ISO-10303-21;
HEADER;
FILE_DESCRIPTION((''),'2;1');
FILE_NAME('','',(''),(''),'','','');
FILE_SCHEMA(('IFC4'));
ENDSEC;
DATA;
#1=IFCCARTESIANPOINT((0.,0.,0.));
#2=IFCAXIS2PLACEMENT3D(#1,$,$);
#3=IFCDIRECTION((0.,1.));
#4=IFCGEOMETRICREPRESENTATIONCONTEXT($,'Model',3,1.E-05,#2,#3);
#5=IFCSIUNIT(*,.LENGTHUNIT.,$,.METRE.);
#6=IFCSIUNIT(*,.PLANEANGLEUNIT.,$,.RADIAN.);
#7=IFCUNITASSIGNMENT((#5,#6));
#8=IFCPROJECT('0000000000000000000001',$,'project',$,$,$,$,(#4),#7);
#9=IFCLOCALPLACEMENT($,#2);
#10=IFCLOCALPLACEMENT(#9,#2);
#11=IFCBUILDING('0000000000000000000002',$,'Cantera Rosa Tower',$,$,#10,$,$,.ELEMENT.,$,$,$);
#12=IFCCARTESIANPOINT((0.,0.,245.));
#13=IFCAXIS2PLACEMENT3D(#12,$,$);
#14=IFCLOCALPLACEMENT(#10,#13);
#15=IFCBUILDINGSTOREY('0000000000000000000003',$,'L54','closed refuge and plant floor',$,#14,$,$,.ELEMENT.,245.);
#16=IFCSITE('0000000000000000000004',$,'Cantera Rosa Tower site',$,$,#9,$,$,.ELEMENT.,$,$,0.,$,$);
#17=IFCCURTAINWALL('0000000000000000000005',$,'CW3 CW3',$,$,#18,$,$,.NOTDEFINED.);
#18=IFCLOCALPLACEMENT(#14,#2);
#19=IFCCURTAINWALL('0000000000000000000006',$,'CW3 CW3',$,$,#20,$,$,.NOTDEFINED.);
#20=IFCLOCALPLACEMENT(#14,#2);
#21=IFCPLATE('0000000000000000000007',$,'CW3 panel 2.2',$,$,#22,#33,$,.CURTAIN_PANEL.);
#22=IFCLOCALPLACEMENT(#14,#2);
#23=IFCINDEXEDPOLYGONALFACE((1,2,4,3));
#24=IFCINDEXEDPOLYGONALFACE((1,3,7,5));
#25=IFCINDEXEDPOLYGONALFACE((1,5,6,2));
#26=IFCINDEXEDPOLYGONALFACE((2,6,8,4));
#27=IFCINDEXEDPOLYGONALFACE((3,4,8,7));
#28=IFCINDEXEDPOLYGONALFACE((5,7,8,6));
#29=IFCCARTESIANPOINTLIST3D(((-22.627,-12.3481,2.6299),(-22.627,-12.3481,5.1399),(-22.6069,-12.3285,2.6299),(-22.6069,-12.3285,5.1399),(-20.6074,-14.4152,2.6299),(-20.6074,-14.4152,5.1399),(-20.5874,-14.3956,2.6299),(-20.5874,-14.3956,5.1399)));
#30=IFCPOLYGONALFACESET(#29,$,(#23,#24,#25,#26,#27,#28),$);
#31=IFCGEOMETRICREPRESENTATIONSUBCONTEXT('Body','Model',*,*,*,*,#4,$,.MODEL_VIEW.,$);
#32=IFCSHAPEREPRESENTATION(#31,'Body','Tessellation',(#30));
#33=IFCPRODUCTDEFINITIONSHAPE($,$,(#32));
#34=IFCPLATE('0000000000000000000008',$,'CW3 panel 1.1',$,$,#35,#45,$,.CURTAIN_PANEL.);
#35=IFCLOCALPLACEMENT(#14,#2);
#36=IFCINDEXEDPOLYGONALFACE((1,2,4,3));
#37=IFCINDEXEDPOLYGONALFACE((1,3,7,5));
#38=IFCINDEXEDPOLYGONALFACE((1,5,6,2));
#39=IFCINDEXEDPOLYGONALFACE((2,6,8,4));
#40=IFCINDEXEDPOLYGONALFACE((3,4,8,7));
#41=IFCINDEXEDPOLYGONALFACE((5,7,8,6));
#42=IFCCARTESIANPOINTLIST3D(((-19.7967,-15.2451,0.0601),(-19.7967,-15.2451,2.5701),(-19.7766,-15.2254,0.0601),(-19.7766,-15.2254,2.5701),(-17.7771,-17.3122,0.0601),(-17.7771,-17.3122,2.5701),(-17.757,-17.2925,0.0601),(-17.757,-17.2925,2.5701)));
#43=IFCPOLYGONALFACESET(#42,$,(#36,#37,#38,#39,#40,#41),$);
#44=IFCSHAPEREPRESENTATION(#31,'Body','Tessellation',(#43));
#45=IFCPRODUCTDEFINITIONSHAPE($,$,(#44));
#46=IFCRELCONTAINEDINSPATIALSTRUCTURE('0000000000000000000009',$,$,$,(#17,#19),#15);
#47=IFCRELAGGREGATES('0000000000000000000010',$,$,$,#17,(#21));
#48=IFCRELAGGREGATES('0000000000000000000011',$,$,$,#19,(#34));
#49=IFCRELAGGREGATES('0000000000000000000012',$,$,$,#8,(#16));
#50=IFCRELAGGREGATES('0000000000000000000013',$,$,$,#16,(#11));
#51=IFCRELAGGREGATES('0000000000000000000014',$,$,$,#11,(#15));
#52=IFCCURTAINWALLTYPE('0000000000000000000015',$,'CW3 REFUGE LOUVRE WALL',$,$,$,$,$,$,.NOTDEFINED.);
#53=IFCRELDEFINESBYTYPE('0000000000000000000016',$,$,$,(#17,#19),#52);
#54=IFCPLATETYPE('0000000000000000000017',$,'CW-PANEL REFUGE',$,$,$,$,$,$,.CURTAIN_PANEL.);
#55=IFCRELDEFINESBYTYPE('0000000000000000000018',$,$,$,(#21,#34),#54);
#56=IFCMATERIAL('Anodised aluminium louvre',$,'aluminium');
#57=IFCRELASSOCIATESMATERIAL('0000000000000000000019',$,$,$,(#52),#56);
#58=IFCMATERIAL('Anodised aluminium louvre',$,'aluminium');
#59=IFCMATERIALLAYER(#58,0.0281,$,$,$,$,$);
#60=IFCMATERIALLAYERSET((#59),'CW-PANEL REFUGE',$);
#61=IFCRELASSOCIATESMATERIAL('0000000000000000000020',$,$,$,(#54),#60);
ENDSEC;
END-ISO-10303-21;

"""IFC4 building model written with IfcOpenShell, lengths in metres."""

from ifc_helpers import new_model, si_unit, direction, frame, origin, origin_2d, place, context, subcontext, project, spatial, rectangle, extrude, material, layer, layer_set, type_object, element, aggregate, save


model = new_model("IFC4")

# Units and contexts
model_context = context("Model", 3, precision=1e-05, world=origin(), true_north=direction((0.0, 1.0)))
body_context = subcontext(model_context, "Body", "Model", "MODEL_VIEW")
ifc_project = project(units=[si_unit("LENGTHUNIT", "METRE"), si_unit("PLANEANGLEUNIT", "RADIAN")], contexts=[model_context])

# Site, building, storey
site_placement = place(None, origin())
site = spatial("IfcSite", under=ifc_project, at=site_placement, Name="Cantera Rosa Tower site", CompositionType="ELEMENT", RefElevation=0.0)
building_placement = place(site_placement, origin())
building = spatial("IfcBuilding", under=site, at=building_placement, Name="Cantera Rosa Tower", CompositionType="ELEMENT")
storey_placement = place(building_placement, frame((0.0, 0.0, 245.0)))
storey = spatial("IfcBuildingStorey", under=building, at=storey_placement, Name="L54", Description="closed refuge and plant floor", CompositionType="ELEMENT", Elevation=245.0)

# Curtain wall
ifc_material_1 = material(Name="Anodised aluminium louvre", Category="aluminium")
curtain_wall_type = type_object("IfcCurtainWallType", Name="CW3 REFUGE LOUVRE WALL", PredefinedType="NOTDEFINED", material=ifc_material_1)
curtain_wall_1_placement = place(storey_placement, origin())
curtain_wall_1 = element("IfcCurtainWall", 1, at=curtain_wall_1_placement, inside=storey, type_object=curtain_wall_type, Name="CW3 CW3", PredefinedType="NOTDEFINED")

# Curtain wall
curtain_wall_2_placement = place(storey_placement, origin())
curtain_wall_2 = element("IfcCurtainWall", 2, at=curtain_wall_2_placement, inside=storey, type_object=curtain_wall_type, Name="CW3 CW3", PredefinedType="NOTDEFINED")

# Plates
ifc_material_2 = material(Name="Anodised aluminium louvre", Category="aluminium")
ifc_layer = layer(ifc_material_2, 0.0281)
ifc_layer_set = layer_set([ifc_layer], Name="CW-PANEL REFUGE")
plate_type = type_object("IfcPlateType", Name="CW-PANEL REFUGE", PredefinedType="CURTAIN_PANEL", material=ifc_layer_set)
plate_1_placement = place(storey_placement, frame((-21.6072, -13.3718, 2.6299), z_axis=(0.0, 0.0, 1.0), x_axis=(0.698832, -0.715286, 0.0)))
plate_1 = element("IfcPlate", 3, at=plate_1_placement, type_object=plate_type, Name="CW3 panel 2.2", PredefinedType="CURTAIN_PANEL", context=body_context, shape_type="SweptSolid", body=[
    extrude(rectangle(XDim=2.8899, YDim=0.0281, at=origin_2d()), origin(), (0.0, 0.0, 1.0), 2.51),
])
aggregate(curtain_wall_1, [plate_1])
plate_2_placement = place(storey_placement, frame((-18.7769, -16.2688, 0.0601), z_axis=(0.0, 0.0, 1.0), x_axis=(0.698832, -0.715286, 0.0)))
plate_2 = element("IfcPlate", 4, at=plate_2_placement, type_object=plate_type, Name="CW3 panel 1.1", PredefinedType="CURTAIN_PANEL", context=body_context, shape_type="SweptSolid", body=[
    extrude(rectangle(XDim=2.8899, YDim=0.0281, at=origin_2d()), origin(), (0.0, 0.0, 1.0), 2.51),
])
aggregate(curtain_wall_2, [plate_2])

save(model, "model.ifc")
